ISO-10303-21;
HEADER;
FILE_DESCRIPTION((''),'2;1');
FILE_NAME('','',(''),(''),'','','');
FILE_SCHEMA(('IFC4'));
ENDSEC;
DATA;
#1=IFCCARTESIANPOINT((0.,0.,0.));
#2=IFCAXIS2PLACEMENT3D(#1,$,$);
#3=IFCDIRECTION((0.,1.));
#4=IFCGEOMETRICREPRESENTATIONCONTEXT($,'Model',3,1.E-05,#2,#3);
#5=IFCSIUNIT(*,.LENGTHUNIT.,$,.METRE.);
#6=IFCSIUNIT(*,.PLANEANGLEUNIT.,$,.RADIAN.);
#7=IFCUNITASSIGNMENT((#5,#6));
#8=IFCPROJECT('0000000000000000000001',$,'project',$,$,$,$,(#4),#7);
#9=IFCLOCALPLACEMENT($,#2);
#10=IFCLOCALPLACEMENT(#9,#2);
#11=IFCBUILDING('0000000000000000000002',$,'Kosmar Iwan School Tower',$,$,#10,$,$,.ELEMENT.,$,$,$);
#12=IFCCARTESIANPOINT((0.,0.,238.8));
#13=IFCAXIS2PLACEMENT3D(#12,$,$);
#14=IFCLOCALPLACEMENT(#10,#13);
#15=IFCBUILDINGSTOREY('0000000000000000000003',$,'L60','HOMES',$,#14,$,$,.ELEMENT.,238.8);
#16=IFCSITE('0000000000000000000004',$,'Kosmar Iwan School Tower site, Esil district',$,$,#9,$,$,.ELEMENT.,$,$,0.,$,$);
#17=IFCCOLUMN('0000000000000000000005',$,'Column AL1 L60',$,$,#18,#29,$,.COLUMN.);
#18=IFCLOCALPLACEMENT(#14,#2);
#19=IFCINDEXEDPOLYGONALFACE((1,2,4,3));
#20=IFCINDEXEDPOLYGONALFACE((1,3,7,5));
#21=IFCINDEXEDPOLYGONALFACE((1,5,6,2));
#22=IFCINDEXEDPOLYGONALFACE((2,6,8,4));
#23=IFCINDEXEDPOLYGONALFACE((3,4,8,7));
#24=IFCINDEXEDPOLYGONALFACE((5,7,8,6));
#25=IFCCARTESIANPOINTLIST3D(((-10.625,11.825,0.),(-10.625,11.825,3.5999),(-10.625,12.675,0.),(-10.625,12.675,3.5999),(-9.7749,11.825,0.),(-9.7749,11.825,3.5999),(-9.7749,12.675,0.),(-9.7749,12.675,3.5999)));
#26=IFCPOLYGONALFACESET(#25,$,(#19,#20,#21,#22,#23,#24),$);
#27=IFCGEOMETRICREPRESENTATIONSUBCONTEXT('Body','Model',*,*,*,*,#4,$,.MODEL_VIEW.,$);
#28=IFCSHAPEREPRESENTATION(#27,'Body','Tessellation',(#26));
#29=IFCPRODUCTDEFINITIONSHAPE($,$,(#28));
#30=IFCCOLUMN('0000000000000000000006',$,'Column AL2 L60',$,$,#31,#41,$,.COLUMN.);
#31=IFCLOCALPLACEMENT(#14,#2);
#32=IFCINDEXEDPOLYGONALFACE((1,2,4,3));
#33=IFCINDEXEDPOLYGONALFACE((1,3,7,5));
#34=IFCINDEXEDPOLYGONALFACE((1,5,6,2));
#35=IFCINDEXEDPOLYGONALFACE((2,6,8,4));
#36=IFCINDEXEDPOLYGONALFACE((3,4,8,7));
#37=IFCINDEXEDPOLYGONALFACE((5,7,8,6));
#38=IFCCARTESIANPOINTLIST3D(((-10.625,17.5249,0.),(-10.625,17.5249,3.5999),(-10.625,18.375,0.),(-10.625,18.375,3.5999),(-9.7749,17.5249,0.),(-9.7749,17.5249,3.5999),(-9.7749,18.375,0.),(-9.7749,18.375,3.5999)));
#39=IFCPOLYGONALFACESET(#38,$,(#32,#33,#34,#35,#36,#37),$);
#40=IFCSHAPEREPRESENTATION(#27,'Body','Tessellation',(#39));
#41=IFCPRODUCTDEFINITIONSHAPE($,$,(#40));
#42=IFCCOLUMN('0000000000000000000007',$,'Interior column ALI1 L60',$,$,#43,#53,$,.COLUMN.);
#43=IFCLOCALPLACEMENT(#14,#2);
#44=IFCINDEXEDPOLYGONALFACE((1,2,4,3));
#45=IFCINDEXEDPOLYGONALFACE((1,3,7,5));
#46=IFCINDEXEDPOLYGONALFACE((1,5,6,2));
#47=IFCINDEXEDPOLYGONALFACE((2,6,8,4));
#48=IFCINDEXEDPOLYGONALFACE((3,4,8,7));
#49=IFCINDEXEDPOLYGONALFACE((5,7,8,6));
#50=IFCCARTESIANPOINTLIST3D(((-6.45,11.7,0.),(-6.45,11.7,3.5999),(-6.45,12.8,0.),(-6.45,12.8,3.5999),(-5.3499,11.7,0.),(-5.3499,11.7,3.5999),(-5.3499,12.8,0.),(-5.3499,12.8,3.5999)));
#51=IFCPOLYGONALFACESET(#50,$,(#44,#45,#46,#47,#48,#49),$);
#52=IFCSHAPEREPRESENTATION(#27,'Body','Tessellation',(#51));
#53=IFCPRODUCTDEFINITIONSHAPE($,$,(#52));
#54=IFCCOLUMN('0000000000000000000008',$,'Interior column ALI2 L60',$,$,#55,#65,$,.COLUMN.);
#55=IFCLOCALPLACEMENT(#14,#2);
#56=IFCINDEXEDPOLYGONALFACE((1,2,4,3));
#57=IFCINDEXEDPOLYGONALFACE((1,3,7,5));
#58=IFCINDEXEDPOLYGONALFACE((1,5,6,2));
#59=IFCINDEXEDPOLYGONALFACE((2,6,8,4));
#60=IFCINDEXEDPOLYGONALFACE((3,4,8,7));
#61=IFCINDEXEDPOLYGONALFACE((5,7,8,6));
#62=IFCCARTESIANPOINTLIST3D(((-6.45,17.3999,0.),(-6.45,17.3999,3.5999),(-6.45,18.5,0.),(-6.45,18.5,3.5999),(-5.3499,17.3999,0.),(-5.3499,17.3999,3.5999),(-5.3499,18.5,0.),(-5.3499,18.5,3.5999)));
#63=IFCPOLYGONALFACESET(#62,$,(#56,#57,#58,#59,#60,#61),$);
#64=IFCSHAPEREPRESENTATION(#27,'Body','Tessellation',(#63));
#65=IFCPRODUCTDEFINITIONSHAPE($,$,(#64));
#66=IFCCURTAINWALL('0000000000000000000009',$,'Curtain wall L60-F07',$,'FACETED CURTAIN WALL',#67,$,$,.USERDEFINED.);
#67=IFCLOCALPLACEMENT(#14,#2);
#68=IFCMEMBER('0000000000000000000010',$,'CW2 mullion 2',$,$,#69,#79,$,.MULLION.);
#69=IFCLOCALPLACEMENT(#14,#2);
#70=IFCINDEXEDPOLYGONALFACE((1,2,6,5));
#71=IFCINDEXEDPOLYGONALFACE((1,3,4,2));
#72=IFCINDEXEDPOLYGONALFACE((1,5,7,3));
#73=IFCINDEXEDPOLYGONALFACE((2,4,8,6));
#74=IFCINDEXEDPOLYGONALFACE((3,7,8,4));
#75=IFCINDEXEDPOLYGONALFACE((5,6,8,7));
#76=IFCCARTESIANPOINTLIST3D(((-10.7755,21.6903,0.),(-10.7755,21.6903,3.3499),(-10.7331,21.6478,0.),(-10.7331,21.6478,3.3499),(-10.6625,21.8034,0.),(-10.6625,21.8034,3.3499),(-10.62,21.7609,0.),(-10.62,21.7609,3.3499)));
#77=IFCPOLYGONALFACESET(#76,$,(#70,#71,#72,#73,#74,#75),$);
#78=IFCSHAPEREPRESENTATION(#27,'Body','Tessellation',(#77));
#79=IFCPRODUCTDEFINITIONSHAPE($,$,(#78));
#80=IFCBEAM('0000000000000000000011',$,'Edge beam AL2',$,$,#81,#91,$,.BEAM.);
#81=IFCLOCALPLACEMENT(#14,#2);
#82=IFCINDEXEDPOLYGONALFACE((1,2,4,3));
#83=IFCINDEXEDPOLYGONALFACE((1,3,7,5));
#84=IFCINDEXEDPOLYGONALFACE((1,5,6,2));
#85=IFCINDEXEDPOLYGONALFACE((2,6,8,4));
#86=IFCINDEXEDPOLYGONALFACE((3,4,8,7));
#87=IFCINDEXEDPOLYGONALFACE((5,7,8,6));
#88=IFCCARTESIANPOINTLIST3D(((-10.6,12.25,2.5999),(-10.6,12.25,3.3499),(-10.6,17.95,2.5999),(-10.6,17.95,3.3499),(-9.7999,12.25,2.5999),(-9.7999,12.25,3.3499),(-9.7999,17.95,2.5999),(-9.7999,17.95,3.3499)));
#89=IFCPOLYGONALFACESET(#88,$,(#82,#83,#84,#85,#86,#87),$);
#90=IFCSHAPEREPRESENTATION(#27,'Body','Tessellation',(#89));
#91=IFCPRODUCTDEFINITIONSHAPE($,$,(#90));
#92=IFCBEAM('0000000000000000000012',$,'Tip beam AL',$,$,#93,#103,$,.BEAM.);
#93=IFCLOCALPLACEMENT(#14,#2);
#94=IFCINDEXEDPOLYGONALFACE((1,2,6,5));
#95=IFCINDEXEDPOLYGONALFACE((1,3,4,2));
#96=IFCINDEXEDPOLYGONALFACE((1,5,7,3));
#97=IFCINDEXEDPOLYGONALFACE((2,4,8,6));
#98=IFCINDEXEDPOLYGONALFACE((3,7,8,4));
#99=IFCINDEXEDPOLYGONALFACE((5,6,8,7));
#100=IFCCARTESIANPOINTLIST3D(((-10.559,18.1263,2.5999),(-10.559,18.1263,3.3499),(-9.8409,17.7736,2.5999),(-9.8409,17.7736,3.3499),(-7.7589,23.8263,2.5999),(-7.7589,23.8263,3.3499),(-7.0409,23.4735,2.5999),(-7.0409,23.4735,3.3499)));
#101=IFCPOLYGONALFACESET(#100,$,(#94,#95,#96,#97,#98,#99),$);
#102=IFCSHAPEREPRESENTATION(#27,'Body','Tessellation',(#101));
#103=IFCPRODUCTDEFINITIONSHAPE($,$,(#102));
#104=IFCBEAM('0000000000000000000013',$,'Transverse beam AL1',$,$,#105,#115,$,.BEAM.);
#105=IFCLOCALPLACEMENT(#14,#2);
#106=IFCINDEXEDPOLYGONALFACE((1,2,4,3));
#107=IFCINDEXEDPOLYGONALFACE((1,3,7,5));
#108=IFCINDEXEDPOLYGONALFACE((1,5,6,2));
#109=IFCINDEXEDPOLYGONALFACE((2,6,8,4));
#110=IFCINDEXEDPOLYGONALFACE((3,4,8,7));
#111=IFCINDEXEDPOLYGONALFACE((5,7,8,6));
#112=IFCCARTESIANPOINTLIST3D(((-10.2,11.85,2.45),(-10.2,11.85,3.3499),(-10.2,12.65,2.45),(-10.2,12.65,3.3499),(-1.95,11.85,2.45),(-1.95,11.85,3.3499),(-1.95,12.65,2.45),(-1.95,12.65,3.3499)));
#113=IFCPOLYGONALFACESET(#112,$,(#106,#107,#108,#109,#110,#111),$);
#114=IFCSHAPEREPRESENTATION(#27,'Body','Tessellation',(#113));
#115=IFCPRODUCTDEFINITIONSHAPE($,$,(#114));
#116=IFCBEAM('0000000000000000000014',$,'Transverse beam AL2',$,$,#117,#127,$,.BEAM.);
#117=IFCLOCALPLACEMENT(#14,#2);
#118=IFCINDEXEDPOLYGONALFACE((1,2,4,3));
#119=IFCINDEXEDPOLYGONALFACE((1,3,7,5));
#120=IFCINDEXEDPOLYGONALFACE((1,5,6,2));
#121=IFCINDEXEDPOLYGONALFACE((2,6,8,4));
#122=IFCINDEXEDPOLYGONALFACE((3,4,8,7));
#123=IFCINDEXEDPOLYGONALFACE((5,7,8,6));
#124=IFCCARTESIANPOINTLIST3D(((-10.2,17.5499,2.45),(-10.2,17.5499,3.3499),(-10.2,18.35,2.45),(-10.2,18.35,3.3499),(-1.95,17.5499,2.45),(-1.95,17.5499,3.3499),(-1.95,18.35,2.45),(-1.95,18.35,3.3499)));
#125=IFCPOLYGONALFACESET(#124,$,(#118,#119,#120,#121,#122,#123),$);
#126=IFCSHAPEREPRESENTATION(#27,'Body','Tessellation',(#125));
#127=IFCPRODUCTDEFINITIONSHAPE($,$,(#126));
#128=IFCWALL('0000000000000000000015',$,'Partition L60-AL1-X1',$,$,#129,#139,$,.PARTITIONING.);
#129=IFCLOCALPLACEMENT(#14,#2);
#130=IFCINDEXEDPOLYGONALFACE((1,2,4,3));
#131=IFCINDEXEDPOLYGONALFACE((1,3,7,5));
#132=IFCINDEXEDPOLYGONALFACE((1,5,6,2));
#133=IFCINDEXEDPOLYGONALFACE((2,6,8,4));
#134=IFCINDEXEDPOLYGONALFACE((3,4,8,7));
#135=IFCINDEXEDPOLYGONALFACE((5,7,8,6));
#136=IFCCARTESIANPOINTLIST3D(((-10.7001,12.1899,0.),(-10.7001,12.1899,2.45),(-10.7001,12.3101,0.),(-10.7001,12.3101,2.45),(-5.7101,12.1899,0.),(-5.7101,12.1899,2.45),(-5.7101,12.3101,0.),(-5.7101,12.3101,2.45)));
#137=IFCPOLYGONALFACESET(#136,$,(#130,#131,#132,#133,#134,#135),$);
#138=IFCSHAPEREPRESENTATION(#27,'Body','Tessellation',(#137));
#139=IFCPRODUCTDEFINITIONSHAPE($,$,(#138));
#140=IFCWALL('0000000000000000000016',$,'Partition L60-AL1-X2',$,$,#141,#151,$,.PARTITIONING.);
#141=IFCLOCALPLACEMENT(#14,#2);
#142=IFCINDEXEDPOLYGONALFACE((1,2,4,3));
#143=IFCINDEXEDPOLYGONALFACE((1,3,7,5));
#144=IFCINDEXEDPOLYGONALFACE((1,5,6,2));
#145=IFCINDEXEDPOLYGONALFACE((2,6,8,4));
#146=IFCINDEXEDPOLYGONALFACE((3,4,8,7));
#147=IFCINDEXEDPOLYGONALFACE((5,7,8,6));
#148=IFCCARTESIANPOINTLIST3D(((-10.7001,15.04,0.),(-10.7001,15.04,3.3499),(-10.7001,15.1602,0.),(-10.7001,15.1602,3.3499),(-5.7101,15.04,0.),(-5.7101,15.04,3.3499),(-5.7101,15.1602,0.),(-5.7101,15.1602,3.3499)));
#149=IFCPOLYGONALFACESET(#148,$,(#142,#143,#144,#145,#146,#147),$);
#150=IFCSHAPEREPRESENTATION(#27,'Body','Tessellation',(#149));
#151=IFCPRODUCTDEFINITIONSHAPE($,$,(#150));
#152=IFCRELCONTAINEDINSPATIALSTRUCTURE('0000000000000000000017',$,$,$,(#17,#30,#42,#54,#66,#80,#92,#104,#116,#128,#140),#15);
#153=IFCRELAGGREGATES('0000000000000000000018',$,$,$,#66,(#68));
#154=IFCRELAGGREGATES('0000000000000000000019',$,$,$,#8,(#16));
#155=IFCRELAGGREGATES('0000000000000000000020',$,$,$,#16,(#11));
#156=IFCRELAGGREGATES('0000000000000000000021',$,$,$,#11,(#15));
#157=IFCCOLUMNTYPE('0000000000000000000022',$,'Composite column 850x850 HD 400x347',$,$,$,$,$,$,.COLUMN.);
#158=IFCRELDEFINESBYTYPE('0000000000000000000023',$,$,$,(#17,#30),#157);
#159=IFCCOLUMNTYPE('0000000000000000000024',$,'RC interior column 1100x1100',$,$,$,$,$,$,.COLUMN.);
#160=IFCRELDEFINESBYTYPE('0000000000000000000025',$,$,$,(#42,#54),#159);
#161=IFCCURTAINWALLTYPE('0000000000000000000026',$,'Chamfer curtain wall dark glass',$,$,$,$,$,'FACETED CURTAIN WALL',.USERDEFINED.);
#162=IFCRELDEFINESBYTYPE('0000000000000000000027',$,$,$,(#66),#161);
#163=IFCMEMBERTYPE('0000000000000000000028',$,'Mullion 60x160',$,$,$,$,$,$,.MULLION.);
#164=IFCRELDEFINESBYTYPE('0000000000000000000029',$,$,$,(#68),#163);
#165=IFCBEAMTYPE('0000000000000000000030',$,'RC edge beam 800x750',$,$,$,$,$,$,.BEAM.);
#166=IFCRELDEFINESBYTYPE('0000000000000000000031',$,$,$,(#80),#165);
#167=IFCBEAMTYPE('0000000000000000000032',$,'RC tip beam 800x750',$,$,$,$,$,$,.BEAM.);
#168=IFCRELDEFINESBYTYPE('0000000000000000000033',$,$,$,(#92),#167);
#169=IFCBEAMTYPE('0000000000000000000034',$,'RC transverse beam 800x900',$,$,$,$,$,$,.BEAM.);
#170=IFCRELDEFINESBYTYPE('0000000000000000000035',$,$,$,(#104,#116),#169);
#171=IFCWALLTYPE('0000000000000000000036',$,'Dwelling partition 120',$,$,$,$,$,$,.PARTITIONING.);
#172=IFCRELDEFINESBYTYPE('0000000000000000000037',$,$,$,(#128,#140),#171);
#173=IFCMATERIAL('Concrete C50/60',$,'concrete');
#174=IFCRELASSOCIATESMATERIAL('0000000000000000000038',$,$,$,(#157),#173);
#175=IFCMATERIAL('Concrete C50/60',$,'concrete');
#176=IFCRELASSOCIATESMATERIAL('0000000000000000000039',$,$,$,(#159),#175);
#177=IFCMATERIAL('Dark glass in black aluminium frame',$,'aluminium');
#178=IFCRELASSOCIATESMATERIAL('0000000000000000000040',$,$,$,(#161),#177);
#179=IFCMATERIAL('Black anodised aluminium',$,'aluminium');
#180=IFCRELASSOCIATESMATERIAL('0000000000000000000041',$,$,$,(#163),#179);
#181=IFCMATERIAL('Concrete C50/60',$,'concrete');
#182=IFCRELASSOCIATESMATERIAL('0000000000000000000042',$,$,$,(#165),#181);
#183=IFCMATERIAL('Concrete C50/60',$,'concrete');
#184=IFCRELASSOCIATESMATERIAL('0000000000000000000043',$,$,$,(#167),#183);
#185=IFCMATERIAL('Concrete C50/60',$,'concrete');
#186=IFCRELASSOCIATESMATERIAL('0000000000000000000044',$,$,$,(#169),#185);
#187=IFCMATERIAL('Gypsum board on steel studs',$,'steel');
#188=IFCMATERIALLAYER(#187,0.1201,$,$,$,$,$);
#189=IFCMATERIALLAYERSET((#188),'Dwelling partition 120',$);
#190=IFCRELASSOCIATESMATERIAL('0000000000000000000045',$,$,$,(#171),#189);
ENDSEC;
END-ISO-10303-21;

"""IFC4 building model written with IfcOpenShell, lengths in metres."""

from ifc_helpers import new_model, si_unit, direction, frame, frame_2d, origin, origin_2d, place, context, subcontext, project, spatial, rectangle, extrude, material, layer, layer_set, material_profile, profile_set, type_object, element, aggregate, save


model = new_model("IFC4")

# Units and contexts
model_context = context("Model", 3, precision=1e-05, world=origin(), true_north=direction((0.0, 1.0)))
body_context = subcontext(model_context, "Body", "Model", "MODEL_VIEW")
ifc_project = project(units=[si_unit("LENGTHUNIT", "METRE"), si_unit("PLANEANGLEUNIT", "RADIAN")], contexts=[model_context])

# Site, building, storey
site_placement = place(None, origin())
site = spatial("IfcSite", under=ifc_project, at=site_placement, Name="Kosmar Iwan School Tower site, Esil district", CompositionType="ELEMENT", RefElevation=0.0)
building_placement = place(site_placement, origin())
building = spatial("IfcBuilding", under=site, at=building_placement, Name="Kosmar Iwan School Tower", CompositionType="ELEMENT")
storey_placement = place(building_placement, frame((0.0, 0.0, 238.8)))
storey = spatial("IfcBuildingStorey", under=building, at=storey_placement, Name="L60", Description="HOMES", CompositionType="ELEMENT", Elevation=238.8)

# Columns
ifc_material_1 = material(Name="Concrete C50/60", Category="concrete")
ifc_material_profile_1 = material_profile(ifc_material_1, rectangle(XDim=0.8501, YDim=0.8501, at=origin_2d()), Name="RC 850x850 + HD 400x347")
ifc_profile_set_1 = profile_set([ifc_material_profile_1], Name="Concrete C50/60")
column_type_1 = type_object("IfcColumnType", Name="Composite column 850x850 HD 400x347", PredefinedType="COLUMN", material=ifc_profile_set_1)
for number, where, z_axis, x_axis, name in (
    (1, (-10.2, 12.25, 0.0), (0.0, 0.0, 1.0), (0.0, 1.0, 0.0), "Column AL1 L60"),
    (2, (-10.2, 17.95, 0.0), (0.0, 0.0, 1.0), (0.0, 1.0, 0.0), "Column AL2 L60"),
):
    element("IfcColumn", number, at=place(storey_placement, frame(where, z_axis=z_axis, x_axis=x_axis)), inside=storey, type_object=column_type_1, Name=name, PredefinedType="COLUMN", context=body_context, shape_type="SweptSolid", body=[
        extrude(rectangle(XDim=0.8501, YDim=0.8501, at=origin_2d()), origin(), (0.0, 0.0, 1.0), 3.5999),
    ])
ifc_material_2 = material(Name="Concrete C50/60", Category="concrete")
ifc_material_profile_2 = material_profile(ifc_material_2, rectangle(XDim=1.1001, YDim=1.1001, at=origin_2d()), Name="RC 1100x1100")
ifc_profile_set_2 = profile_set([ifc_material_profile_2], Name="Concrete C50/60")
column_type_2 = type_object("IfcColumnType", Name="RC interior column 1100x1100", PredefinedType="COLUMN", material=ifc_profile_set_2)
for number, where, z_axis, x_axis, name in (
    (3, (-5.8999, 12.25, 0.0), (0.0, 0.0, 1.0), (0.0, 1.0, 0.0), "Interior column ALI1 L60"),
    (4, (-5.8999, 17.95, 0.0), (0.0, 0.0, 1.0), (0.0, 1.0, 0.0), "Interior column ALI2 L60"),
):
    element("IfcColumn", number, at=place(storey_placement, frame(where, z_axis=z_axis, x_axis=x_axis)), inside=storey, type_object=column_type_2, Name=name, PredefinedType="COLUMN", context=body_context, shape_type="SweptSolid", body=[
        extrude(rectangle(XDim=1.1001, YDim=1.1001, at=origin_2d()), origin(), (0.0, 0.0, 1.0), 3.5999),
    ])

# Curtain wall, member
ifc_material_3 = material(Name="Dark glass in black aluminium frame", Category="aluminium")
curtain_wall_type = type_object("IfcCurtainWallType", Name="Chamfer curtain wall dark glass", ElementType="FACETED CURTAIN WALL", PredefinedType="USERDEFINED", material=ifc_material_3)
curtain_wall_placement = place(storey_placement, origin())
curtain_wall = element("IfcCurtainWall", 5, at=curtain_wall_placement, inside=storey, type_object=curtain_wall_type, Name="Curtain wall L60-F07", ObjectType="FACETED CURTAIN WALL", PredefinedType="USERDEFINED")
ifc_material_4 = material(Name="Black anodised aluminium", Category="aluminium")
ifc_material_profile_3 = material_profile(ifc_material_4, rectangle(XDim=0.0601, YDim=0.1599, at=origin_2d()), Name="MULLION 60x160")
ifc_profile_set_3 = profile_set([ifc_material_profile_3], Name="Black anodised aluminium")
member_type = type_object("IfcMemberType", Name="Mullion 60x160", PredefinedType="MULLION", material=ifc_profile_set_3)
member_placement = place(storey_placement, frame((-10.6978, 21.7256, 0.0), z_axis=(0.0, 0.0, 1.0), x_axis=(0.707107, -0.707107, 0.0)))
member = element("IfcMember", 6, at=member_placement, type_object=member_type, Name="CW2 mullion 2", PredefinedType="MULLION", context=body_context, shape_type="SweptSolid", body=[
    extrude(rectangle(XDim=0.0601, YDim=0.1599, at=origin_2d()), origin(), (0.0, 0.0, 1.0), 3.3499),
])
aggregate(curtain_wall, [member])

# Beams
ifc_material_5 = material(Name="Concrete C50/60", Category="concrete")
ifc_material_profile_4 = material_profile(ifc_material_5, rectangle(XDim=0.8, YDim=0.75, at=origin_2d()), Name="RC 800x750")
ifc_profile_set_4 = profile_set([ifc_material_profile_4], Name="Concrete C50/60")
beam_type_1 = type_object("IfcBeamType", Name="RC edge beam 800x750", PredefinedType="BEAM", material=ifc_profile_set_4)
beam_1_placement = place(storey_placement, frame((-10.2, 12.25, 2.9749), z_axis=(0.0, 1.0, 0.0), x_axis=(-1.0, 0.0, 0.0)))
element("IfcBeam", 7, at=beam_1_placement, inside=storey, type_object=beam_type_1, Name="Edge beam AL2", PredefinedType="BEAM", context=body_context, shape_type="SweptSolid", body=[
    extrude(rectangle(XDim=0.8, YDim=0.75, at=origin_2d()), origin(), (0.0, 0.0, 1.0), 5.7),
])
ifc_material_6 = material(Name="Concrete C50/60", Category="concrete")
ifc_material_profile_5 = material_profile(ifc_material_6, rectangle(XDim=0.8, YDim=0.75, at=origin_2d()), Name="RC 800x750")
ifc_profile_set_5 = profile_set([ifc_material_profile_5], Name="Concrete C50/60")
beam_type_2 = type_object("IfcBeamType", Name="RC tip beam 800x750", PredefinedType="BEAM", material=ifc_profile_set_5)
beam_2_placement = place(storey_placement, frame((-10.2, 17.95, 2.9749), z_axis=(0.440913, 0.89755, 0.0), x_axis=(-0.89755, 0.440913, 0.0)))
element("IfcBeam", 8, at=beam_2_placement, inside=storey, type_object=beam_type_2, Name="Tip beam AL", PredefinedType="BEAM", context=body_context, shape_type="SweptSolid", body=[
    extrude(rectangle(XDim=0.8, YDim=0.75, at=origin_2d()), origin(), (0.0, 0.0, 1.0), 6.3506),
])
ifc_material_7 = material(Name="Concrete C50/60", Category="concrete")
ifc_material_profile_6 = material_profile(ifc_material_7, rectangle(XDim=0.8, YDim=0.8999, at=origin_2d()), Name="RC 800x900")
ifc_profile_set_6 = profile_set([ifc_material_profile_6], Name="Concrete C50/60")
beam_type_3 = type_object("IfcBeamType", Name="RC transverse beam 800x900", PredefinedType="BEAM", material=ifc_profile_set_6)
for number, where, z_axis, x_axis, name in (
    (9, (-10.2, 12.25, 2.8999), (1.0, 0.0, 0.0), (0.0, 1.0, 0.0), "Transverse beam AL1"),
    (10, (-10.2, 17.95, 2.8999), (1.0, 0.0, 0.0), (0.0, 1.0, 0.0), "Transverse beam AL2"),
):
    element("IfcBeam", number, at=place(storey_placement, frame(where, z_axis=z_axis, x_axis=x_axis)), inside=storey, type_object=beam_type_3, Name=name, PredefinedType="BEAM", context=body_context, shape_type="SweptSolid", body=[
        extrude(rectangle(XDim=0.8, YDim=0.8999, at=origin_2d()), origin(), (0.0, 0.0, 1.0), 8.25),
    ])

# Walls
ifc_material_8 = material(Name="Gypsum board on steel studs", Category="steel")
ifc_layer = layer(ifc_material_8, 0.1201)
ifc_layer_set = layer_set([ifc_layer], Name="Dwelling partition 120")
wall_type = type_object("IfcWallType", Name="Dwelling partition 120", PredefinedType="PARTITIONING", material=ifc_layer_set)
wall_1_placement = place(storey_placement, frame((-5.71, 12.25, 0.0), z_axis=(0.0, 0.0, 1.0), x_axis=(-1.0, 0.0, 0.0)))
element("IfcWall", 11, at=wall_1_placement, inside=storey, type_object=wall_type, Name="Partition L60-AL1-X1", PredefinedType="PARTITIONING", context=body_context, shape_type="SweptSolid", body=[
    extrude(rectangle(XDim=4.99, YDim=0.1201, at=frame_2d((2.4951, 0.0))), origin(), (0.0, 0.0, 1.0), 2.45),
])
wall_2_placement = place(storey_placement, frame((-5.71, 15.1001, 0.0), z_axis=(0.0, 0.0, 1.0), x_axis=(-1.0, 0.0, 0.0)))
element("IfcWall", 12, at=wall_2_placement, inside=storey, type_object=wall_type, Name="Partition L60-AL1-X2", PredefinedType="PARTITIONING", context=body_context, shape_type="SweptSolid", body=[
    extrude(rectangle(XDim=4.99, YDim=0.1201, at=frame_2d((2.4951, 0.0))), origin(), (0.0, 0.0, 1.0), 3.3499),
])

save(model, "model.ifc")
